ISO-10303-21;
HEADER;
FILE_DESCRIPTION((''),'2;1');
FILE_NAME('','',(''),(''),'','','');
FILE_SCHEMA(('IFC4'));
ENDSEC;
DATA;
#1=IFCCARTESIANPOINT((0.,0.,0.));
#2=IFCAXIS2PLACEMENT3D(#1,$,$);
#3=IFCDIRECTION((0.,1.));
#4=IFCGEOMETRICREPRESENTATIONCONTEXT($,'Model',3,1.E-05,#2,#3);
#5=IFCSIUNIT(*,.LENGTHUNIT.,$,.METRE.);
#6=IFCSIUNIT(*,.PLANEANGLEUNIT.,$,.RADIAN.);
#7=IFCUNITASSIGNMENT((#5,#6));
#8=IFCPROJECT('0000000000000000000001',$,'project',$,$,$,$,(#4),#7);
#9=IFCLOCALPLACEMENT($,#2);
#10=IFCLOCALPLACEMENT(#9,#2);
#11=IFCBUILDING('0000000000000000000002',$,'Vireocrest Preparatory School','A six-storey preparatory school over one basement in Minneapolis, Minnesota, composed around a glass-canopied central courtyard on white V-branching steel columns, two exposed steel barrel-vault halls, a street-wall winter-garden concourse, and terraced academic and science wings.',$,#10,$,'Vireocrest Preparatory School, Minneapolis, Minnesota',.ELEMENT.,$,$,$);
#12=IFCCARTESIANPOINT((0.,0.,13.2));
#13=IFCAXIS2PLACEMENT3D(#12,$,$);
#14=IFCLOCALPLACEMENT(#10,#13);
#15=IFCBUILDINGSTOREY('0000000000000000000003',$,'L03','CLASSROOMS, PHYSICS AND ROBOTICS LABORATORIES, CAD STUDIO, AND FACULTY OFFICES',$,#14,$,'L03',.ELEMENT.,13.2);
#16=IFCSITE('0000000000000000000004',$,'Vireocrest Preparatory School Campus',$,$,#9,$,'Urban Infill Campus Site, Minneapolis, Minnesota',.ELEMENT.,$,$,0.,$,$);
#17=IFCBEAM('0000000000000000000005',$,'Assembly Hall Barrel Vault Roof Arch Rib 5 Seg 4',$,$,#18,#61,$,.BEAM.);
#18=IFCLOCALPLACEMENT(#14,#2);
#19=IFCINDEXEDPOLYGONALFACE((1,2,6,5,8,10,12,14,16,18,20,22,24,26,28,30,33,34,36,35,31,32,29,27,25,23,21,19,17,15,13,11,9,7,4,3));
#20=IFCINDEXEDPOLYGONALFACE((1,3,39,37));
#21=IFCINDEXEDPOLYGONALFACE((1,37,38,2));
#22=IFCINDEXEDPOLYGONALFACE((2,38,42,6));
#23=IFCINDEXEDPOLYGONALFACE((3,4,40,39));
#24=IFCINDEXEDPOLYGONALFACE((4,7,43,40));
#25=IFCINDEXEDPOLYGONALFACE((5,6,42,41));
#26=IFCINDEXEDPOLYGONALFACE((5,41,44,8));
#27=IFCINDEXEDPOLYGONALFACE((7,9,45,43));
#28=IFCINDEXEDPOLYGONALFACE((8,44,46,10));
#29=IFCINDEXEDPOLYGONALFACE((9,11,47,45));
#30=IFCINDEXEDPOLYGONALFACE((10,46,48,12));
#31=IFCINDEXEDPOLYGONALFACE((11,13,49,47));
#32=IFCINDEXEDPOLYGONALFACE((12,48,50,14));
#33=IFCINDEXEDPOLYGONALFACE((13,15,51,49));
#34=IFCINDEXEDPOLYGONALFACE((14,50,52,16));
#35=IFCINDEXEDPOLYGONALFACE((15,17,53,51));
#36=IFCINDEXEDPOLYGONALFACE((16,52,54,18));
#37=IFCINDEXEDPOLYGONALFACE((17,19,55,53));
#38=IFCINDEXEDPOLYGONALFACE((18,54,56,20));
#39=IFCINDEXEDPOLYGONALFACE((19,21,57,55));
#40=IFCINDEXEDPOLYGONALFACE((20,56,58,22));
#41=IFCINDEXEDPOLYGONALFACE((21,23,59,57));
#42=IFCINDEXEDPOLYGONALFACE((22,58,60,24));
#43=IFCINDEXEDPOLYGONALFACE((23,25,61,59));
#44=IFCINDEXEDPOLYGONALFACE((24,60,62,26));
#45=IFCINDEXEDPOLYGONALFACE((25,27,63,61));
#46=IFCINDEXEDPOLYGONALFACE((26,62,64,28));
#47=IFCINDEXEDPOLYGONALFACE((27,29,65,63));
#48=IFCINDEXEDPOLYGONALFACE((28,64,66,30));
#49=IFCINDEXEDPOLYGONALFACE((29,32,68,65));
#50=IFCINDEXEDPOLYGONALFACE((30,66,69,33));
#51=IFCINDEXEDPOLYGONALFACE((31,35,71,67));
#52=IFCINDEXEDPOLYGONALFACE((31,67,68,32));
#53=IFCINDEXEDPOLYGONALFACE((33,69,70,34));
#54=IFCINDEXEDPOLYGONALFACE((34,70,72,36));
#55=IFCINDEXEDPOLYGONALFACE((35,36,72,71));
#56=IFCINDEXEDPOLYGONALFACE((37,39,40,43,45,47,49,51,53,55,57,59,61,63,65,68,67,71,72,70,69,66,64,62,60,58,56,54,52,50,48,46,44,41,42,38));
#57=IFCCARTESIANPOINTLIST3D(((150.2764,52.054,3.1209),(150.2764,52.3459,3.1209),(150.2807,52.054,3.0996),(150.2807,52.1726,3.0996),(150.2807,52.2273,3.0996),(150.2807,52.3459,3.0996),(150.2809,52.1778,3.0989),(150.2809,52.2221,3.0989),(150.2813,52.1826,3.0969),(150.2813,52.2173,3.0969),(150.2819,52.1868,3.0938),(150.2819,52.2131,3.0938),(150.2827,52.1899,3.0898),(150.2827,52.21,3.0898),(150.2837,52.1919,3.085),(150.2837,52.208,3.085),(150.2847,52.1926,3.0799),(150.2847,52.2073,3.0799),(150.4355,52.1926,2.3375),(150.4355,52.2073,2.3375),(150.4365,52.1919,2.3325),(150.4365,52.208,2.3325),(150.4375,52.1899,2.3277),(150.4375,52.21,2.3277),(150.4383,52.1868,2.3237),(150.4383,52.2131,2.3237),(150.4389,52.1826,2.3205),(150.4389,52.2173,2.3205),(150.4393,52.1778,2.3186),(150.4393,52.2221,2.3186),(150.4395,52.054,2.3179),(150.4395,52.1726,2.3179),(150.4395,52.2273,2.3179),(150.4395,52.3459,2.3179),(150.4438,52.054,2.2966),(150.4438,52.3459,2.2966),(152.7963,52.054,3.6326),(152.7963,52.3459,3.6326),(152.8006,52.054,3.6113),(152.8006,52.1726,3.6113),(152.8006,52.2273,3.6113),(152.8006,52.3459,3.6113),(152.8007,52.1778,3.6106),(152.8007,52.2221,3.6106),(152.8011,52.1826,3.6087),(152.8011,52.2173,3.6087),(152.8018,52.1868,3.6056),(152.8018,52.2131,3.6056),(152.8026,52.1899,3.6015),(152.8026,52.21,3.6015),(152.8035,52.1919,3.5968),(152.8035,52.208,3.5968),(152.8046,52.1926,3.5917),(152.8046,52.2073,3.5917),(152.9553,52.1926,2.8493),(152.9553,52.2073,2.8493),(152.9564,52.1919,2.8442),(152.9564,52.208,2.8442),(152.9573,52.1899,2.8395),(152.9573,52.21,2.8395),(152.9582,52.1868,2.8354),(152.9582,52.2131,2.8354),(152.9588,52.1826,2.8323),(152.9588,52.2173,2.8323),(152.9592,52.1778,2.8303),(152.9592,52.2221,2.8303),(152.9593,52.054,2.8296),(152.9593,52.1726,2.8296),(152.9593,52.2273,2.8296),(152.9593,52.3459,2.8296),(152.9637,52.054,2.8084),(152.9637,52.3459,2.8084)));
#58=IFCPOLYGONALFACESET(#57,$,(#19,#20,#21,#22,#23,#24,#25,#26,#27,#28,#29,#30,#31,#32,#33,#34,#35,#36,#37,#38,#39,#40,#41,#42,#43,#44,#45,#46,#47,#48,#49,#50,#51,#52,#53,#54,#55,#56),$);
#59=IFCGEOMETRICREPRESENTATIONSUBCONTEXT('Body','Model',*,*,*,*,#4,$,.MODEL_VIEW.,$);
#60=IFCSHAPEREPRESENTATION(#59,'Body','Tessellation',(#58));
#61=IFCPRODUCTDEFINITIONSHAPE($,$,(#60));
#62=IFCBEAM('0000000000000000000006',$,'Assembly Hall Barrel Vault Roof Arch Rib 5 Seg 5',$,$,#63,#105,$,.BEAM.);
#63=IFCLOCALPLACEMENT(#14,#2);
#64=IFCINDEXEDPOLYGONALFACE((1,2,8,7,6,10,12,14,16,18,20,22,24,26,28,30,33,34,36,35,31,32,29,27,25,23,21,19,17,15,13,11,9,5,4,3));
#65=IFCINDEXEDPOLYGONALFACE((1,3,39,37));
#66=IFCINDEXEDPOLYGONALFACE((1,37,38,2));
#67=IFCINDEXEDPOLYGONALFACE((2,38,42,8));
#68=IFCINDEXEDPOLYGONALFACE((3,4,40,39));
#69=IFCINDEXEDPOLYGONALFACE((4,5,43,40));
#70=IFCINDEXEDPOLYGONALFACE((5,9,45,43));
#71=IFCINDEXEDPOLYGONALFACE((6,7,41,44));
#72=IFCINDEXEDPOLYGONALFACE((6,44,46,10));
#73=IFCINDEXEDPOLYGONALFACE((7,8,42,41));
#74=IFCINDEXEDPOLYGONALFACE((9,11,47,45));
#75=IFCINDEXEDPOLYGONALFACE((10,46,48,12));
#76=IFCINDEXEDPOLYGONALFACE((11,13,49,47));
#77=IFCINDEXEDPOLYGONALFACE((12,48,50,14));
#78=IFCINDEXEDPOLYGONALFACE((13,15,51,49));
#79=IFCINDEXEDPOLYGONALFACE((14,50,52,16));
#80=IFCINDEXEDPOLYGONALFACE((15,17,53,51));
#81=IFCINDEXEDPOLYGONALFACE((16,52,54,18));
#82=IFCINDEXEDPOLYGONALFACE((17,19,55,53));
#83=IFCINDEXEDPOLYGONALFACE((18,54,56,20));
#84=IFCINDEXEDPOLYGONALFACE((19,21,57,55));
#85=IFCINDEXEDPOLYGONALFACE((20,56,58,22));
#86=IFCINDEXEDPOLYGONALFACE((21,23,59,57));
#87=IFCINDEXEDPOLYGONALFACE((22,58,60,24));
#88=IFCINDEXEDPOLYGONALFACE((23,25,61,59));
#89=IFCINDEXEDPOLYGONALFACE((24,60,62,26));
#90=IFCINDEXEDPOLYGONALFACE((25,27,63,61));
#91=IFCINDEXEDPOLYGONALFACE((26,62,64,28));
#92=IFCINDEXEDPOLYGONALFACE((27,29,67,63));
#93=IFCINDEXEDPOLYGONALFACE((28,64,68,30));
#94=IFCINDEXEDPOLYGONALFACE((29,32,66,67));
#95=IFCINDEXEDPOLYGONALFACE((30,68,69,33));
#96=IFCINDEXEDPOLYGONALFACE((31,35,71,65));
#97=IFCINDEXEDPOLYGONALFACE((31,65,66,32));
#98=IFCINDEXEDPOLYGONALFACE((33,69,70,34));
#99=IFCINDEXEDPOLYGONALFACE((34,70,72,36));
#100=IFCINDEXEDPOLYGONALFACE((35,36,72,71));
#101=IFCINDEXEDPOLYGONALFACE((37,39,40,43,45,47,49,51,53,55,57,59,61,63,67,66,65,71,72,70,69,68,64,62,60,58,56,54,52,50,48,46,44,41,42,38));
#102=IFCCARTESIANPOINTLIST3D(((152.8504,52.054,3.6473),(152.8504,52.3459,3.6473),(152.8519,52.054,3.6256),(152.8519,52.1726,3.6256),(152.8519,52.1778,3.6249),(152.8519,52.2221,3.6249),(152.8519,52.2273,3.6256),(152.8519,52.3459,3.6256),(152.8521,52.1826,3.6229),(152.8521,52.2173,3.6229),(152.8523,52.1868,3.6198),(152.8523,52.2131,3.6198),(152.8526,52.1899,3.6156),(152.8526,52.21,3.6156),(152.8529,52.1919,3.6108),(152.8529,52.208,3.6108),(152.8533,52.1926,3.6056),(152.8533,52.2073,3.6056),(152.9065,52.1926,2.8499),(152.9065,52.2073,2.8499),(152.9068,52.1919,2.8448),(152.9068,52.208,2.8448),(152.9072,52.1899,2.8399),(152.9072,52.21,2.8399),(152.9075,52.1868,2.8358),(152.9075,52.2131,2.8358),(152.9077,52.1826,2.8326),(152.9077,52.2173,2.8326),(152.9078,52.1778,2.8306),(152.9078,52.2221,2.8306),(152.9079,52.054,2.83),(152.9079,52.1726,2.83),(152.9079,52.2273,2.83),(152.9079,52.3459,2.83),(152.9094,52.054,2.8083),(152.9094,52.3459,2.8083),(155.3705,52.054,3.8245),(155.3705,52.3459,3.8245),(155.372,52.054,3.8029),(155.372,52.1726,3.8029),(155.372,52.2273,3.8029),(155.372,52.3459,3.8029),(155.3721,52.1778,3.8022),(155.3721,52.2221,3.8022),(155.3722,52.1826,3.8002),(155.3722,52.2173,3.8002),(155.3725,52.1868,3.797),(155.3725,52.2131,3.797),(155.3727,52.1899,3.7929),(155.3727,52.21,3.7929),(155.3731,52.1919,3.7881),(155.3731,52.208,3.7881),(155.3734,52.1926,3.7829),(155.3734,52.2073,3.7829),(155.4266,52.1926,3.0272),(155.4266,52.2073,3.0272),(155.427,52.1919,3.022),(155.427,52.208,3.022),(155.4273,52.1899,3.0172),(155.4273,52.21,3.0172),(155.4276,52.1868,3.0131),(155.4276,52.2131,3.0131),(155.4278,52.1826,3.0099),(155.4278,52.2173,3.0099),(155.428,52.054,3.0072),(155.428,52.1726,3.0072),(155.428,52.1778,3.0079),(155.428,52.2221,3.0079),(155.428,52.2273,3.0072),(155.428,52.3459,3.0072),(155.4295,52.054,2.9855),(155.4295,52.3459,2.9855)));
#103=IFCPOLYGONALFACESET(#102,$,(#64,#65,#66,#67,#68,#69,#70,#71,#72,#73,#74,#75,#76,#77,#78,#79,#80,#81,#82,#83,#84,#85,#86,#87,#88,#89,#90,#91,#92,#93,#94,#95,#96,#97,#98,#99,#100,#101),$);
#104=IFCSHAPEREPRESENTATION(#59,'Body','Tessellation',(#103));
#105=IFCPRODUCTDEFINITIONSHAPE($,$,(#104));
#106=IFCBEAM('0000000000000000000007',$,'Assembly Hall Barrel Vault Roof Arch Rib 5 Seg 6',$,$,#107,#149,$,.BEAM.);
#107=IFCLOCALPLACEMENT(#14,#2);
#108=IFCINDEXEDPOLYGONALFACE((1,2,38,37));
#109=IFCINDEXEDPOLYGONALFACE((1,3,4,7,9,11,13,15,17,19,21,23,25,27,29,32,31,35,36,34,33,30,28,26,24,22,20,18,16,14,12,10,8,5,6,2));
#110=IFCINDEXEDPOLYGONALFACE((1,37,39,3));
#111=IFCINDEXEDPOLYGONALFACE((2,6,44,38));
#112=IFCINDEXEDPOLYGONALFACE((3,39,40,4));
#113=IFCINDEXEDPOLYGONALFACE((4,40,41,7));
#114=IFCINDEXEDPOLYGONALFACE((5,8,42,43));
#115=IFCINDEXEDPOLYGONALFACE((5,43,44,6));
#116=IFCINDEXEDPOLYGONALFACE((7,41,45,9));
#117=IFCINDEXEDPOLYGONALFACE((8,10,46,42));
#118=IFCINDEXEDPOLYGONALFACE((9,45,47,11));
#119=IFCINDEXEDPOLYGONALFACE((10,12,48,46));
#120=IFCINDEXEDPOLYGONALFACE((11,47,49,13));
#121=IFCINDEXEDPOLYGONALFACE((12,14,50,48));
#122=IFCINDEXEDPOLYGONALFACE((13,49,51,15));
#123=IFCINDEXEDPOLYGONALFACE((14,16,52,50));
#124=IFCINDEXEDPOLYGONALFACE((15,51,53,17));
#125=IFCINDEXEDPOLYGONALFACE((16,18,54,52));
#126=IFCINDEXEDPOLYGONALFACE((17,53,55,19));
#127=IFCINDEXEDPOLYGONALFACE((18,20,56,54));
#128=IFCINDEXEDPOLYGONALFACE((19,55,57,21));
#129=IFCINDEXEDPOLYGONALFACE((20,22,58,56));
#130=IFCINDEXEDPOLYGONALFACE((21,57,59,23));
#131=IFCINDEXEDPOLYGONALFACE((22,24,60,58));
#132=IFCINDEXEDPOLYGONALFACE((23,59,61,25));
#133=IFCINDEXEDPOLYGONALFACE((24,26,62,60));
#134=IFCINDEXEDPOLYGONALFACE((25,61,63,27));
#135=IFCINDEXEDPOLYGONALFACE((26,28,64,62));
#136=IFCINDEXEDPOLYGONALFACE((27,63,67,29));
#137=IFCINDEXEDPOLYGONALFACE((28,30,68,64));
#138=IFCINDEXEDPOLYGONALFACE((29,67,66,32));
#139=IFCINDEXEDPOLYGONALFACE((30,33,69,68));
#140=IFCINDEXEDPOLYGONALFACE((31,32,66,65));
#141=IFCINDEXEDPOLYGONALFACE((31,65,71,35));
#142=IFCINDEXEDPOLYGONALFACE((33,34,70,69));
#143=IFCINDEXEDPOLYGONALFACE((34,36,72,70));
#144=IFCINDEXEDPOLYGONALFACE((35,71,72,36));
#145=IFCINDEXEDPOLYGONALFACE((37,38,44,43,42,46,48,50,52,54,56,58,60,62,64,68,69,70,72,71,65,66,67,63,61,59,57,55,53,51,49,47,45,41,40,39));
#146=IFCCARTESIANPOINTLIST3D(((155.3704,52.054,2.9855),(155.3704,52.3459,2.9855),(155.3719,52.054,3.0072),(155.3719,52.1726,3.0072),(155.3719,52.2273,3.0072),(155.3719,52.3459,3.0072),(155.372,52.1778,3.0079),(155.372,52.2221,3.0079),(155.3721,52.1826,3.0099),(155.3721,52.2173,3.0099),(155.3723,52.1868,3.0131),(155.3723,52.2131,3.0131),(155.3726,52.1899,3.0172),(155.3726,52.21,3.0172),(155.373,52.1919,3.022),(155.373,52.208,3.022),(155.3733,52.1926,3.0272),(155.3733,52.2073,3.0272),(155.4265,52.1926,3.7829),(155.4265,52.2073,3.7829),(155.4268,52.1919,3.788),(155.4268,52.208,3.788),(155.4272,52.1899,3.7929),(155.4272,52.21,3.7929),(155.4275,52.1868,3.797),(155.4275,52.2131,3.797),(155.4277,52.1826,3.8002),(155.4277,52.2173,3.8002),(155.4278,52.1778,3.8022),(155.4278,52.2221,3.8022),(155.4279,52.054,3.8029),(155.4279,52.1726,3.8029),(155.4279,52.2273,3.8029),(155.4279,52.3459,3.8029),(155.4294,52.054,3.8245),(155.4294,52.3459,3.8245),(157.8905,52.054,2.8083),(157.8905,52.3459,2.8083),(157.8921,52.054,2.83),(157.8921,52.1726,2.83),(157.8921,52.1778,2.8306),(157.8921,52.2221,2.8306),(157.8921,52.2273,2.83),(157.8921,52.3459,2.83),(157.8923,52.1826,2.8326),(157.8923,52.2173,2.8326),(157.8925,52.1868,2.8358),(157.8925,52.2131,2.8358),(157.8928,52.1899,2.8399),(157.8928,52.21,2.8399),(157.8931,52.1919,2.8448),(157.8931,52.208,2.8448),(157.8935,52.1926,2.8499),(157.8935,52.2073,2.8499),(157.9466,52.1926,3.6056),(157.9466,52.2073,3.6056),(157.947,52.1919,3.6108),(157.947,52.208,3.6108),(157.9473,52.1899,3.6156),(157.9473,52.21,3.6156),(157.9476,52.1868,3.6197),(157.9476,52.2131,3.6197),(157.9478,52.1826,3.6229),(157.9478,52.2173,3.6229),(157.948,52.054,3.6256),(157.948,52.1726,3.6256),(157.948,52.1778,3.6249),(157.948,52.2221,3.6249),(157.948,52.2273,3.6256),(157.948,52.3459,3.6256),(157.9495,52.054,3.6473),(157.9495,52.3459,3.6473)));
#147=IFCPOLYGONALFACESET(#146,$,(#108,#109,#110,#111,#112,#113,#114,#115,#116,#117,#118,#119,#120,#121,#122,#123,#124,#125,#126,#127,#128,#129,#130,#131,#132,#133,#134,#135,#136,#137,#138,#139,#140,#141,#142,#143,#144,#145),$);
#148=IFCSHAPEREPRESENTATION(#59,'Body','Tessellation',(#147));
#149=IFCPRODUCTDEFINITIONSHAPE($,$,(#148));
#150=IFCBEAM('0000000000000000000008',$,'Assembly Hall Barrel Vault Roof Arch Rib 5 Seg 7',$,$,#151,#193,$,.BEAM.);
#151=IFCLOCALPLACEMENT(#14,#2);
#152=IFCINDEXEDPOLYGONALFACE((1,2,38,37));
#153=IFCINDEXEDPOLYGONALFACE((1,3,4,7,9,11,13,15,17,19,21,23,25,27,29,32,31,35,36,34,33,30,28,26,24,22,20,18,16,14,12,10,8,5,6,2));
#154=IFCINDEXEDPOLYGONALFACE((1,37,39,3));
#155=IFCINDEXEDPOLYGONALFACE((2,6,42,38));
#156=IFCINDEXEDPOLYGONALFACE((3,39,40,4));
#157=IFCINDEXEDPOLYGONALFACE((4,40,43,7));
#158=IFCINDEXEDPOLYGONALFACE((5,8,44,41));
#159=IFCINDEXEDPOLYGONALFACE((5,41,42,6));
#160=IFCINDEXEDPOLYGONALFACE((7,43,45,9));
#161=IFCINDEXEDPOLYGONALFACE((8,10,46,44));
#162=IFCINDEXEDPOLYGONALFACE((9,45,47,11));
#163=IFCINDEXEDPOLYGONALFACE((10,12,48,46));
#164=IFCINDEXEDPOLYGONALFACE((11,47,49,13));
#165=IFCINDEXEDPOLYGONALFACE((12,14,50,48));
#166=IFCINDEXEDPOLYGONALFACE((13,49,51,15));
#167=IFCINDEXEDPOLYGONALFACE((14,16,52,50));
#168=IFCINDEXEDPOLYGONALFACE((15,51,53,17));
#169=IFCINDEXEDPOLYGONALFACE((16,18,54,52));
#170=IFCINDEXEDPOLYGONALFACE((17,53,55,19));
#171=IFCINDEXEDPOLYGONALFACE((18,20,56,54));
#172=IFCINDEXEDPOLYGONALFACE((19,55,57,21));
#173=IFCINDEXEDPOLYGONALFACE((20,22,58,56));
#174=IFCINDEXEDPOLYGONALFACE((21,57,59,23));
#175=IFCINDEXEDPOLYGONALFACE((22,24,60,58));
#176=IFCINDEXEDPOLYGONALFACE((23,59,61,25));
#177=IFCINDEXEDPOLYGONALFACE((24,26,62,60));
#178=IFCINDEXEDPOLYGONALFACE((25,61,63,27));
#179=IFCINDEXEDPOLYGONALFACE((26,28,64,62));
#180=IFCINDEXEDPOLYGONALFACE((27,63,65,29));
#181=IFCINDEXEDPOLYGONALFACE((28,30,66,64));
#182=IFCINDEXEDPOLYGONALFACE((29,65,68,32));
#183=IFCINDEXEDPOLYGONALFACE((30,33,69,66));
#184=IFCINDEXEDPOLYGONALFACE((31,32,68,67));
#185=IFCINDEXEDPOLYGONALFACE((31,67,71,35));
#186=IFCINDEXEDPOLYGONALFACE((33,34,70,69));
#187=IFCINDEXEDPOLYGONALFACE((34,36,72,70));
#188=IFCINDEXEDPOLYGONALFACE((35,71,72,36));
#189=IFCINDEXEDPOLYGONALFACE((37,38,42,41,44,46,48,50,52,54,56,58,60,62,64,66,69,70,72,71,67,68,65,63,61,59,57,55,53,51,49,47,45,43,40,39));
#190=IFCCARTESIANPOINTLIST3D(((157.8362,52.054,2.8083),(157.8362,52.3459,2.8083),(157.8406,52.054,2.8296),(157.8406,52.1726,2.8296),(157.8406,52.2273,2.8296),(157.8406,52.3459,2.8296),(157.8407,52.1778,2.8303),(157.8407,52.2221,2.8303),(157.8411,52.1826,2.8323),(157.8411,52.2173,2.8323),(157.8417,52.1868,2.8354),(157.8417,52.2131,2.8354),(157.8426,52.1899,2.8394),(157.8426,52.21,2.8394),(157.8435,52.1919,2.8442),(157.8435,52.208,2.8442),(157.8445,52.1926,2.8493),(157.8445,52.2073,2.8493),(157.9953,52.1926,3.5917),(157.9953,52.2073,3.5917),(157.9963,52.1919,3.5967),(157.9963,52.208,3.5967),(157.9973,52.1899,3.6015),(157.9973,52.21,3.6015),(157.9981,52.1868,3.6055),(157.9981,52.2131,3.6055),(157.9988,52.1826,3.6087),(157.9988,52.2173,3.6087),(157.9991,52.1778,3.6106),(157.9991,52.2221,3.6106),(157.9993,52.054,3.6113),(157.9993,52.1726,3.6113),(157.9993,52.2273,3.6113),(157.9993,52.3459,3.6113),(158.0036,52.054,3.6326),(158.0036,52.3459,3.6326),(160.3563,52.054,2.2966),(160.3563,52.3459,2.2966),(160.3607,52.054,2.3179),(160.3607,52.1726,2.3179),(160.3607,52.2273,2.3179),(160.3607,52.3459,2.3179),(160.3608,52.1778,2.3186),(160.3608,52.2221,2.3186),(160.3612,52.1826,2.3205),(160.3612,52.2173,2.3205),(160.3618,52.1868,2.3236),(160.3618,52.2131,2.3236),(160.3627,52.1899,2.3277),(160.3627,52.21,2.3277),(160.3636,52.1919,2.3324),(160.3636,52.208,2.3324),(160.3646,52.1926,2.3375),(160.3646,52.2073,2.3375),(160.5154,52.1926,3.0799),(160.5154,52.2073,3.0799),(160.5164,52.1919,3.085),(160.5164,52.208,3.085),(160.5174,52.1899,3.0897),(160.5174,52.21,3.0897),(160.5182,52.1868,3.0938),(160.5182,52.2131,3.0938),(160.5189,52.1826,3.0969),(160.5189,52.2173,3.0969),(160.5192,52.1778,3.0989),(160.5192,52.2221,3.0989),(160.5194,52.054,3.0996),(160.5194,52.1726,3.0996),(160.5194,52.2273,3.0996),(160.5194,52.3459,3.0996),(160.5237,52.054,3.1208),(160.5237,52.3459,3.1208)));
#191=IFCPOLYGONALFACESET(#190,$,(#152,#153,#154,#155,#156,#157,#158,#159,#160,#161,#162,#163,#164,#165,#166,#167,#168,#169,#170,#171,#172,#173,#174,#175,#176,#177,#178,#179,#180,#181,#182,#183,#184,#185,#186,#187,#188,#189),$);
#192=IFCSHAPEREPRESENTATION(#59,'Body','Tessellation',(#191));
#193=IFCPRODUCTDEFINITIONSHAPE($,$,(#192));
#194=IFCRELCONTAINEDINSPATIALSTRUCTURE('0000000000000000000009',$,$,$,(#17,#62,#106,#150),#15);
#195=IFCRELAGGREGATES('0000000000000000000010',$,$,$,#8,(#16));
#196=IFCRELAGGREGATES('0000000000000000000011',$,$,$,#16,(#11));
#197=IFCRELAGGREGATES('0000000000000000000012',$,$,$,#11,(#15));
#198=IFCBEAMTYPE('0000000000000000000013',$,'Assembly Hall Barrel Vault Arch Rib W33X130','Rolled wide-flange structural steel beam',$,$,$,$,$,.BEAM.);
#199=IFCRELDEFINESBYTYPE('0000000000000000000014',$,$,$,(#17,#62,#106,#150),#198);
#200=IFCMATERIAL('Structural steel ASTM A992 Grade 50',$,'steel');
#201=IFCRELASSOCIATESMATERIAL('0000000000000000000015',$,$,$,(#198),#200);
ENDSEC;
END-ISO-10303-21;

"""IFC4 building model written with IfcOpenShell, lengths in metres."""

from ifc_helpers import new_model, si_unit, direction, frame, origin, origin_2d, place, context, subcontext, project, spatial, i_section, extrude, material, material_profile, profile_set, type_object, element, save


model = new_model("IFC4")

# Units and contexts
model_context = context("Model", 3, precision=1e-05, world=origin(), true_north=direction((0.0, 1.0)))
body_context = subcontext(model_context, "Body", "Model", "MODEL_VIEW")
ifc_project = project(units=[si_unit("LENGTHUNIT", "METRE"), si_unit("PLANEANGLEUNIT", "RADIAN")], contexts=[model_context])

# Site, building, storey
site_placement = place(None, origin())
site = spatial("IfcSite", under=ifc_project, at=site_placement, Name="Vireocrest Preparatory School Campus", LongName="Urban Infill Campus Site, Minneapolis, Minnesota", CompositionType="ELEMENT", RefElevation=0.0)
building_placement = place(site_placement, origin())
building = spatial("IfcBuilding", under=site, at=building_placement, Name="Vireocrest Preparatory School", Description="A six-storey preparatory school over one basement in Minneapolis, Minnesota, composed around a glass-canopied central courtyard on white V-branching steel columns, two exposed steel barrel-vault halls, a street-wall winter-garden concourse, and terraced academic and science wings.", LongName="Vireocrest Preparatory School, Minneapolis, Minnesota", CompositionType="ELEMENT")
storey_placement = place(building_placement, frame((0.0, 0.0, 13.2)))
storey = spatial("IfcBuildingStorey", under=building, at=storey_placement, Name="L03", Description="CLASSROOMS, PHYSICS AND ROBOTICS LABORATORIES, CAD STUDIO, AND FACULTY OFFICES", LongName="L03", CompositionType="ELEMENT", Elevation=13.2)

# Beams
ifc_material_1 = material(Name="Structural steel ASTM A992 Grade 50", Category="steel")
ifc_material_profile_1 = material_profile(ifc_material_1, i_section(OverallWidth=0.292, OverallDepth=0.8411, WebThickness=0.0146, FlangeThickness=0.0217, FilletRadius=0.02, at=origin_2d()), Name="W33X130")
ifc_profile_set_1 = profile_set([ifc_material_profile_1], Name="Structural steel ASTM A992 Grade 50")
beam_type_1 = type_object("IfcBeamType", Name="Assembly Hall Barrel Vault Arch Rib W33X130", Description="Rolled wide-flange structural steel beam", PredefinedType="BEAM", material=ifc_profile_set_1)
beam_1_placement = place(storey_placement, frame((150.3601, 52.2, 2.7087), z_axis=(0.979996, 0.0, 0.199019), x_axis=(0.0, 1.0, 0.0)))
element("IfcBeam", 1, at=beam_1_placement, inside=storey, type_object=beam_type_1, Name="Assembly Hall Barrel Vault Roof Arch Rib 5 Seg 4", PredefinedType="BEAM", context=body_context, shape_type="SweptSolid", body=[
    extrude(i_section(OverallWidth=0.292, OverallDepth=0.8411, WebThickness=0.0146, FlangeThickness=0.0217, FilletRadius=0.02, at=origin_2d()), origin(), (0.0, 0.0, 1.0), 2.5713),
])
for number, where, z_axis, x_axis, name in (
    (2, (152.8799, 52.2, 3.2278), (0.997536, 0.0, 0.070162), (0.0, 1.0, 0.0), "Assembly Hall Barrel Vault Roof Arch Rib 5 Seg 5"),
    (3, (155.3999, 52.2, 3.405), (0.997536, 0.0, -0.070162), (0.0, 1.0, 0.0), "Assembly Hall Barrel Vault Roof Arch Rib 5 Seg 6"),
):
    element("IfcBeam", number, at=place(storey_placement, frame(where, z_axis=z_axis, x_axis=x_axis)), inside=storey, type_object=beam_type_1, Name=name, PredefinedType="BEAM", context=body_context, shape_type="SweptSolid", body=[
        extrude(i_section(OverallWidth=0.292, OverallDepth=0.8411, WebThickness=0.0146, FlangeThickness=0.0217, FilletRadius=0.02, at=origin_2d()), origin(), (0.0, 0.0, 1.0), 2.5264),
    ])
beam_2_placement = place(storey_placement, frame((157.9199, 52.2, 3.2205), z_axis=(0.979999, 0.0, -0.199), x_axis=(0.0, 1.0, 0.0)))
element("IfcBeam", 4, at=beam_2_placement, inside=storey, type_object=beam_type_1, Name="Assembly Hall Barrel Vault Roof Arch Rib 5 Seg 7", PredefinedType="BEAM", context=body_context, shape_type="SweptSolid", body=[
    extrude(i_section(OverallWidth=0.292, OverallDepth=0.8411, WebThickness=0.0146, FlangeThickness=0.0217, FilletRadius=0.02, at=origin_2d()), origin(), (0.0, 0.0, 1.0), 2.5715),
])

save(model, "model.ifc")
